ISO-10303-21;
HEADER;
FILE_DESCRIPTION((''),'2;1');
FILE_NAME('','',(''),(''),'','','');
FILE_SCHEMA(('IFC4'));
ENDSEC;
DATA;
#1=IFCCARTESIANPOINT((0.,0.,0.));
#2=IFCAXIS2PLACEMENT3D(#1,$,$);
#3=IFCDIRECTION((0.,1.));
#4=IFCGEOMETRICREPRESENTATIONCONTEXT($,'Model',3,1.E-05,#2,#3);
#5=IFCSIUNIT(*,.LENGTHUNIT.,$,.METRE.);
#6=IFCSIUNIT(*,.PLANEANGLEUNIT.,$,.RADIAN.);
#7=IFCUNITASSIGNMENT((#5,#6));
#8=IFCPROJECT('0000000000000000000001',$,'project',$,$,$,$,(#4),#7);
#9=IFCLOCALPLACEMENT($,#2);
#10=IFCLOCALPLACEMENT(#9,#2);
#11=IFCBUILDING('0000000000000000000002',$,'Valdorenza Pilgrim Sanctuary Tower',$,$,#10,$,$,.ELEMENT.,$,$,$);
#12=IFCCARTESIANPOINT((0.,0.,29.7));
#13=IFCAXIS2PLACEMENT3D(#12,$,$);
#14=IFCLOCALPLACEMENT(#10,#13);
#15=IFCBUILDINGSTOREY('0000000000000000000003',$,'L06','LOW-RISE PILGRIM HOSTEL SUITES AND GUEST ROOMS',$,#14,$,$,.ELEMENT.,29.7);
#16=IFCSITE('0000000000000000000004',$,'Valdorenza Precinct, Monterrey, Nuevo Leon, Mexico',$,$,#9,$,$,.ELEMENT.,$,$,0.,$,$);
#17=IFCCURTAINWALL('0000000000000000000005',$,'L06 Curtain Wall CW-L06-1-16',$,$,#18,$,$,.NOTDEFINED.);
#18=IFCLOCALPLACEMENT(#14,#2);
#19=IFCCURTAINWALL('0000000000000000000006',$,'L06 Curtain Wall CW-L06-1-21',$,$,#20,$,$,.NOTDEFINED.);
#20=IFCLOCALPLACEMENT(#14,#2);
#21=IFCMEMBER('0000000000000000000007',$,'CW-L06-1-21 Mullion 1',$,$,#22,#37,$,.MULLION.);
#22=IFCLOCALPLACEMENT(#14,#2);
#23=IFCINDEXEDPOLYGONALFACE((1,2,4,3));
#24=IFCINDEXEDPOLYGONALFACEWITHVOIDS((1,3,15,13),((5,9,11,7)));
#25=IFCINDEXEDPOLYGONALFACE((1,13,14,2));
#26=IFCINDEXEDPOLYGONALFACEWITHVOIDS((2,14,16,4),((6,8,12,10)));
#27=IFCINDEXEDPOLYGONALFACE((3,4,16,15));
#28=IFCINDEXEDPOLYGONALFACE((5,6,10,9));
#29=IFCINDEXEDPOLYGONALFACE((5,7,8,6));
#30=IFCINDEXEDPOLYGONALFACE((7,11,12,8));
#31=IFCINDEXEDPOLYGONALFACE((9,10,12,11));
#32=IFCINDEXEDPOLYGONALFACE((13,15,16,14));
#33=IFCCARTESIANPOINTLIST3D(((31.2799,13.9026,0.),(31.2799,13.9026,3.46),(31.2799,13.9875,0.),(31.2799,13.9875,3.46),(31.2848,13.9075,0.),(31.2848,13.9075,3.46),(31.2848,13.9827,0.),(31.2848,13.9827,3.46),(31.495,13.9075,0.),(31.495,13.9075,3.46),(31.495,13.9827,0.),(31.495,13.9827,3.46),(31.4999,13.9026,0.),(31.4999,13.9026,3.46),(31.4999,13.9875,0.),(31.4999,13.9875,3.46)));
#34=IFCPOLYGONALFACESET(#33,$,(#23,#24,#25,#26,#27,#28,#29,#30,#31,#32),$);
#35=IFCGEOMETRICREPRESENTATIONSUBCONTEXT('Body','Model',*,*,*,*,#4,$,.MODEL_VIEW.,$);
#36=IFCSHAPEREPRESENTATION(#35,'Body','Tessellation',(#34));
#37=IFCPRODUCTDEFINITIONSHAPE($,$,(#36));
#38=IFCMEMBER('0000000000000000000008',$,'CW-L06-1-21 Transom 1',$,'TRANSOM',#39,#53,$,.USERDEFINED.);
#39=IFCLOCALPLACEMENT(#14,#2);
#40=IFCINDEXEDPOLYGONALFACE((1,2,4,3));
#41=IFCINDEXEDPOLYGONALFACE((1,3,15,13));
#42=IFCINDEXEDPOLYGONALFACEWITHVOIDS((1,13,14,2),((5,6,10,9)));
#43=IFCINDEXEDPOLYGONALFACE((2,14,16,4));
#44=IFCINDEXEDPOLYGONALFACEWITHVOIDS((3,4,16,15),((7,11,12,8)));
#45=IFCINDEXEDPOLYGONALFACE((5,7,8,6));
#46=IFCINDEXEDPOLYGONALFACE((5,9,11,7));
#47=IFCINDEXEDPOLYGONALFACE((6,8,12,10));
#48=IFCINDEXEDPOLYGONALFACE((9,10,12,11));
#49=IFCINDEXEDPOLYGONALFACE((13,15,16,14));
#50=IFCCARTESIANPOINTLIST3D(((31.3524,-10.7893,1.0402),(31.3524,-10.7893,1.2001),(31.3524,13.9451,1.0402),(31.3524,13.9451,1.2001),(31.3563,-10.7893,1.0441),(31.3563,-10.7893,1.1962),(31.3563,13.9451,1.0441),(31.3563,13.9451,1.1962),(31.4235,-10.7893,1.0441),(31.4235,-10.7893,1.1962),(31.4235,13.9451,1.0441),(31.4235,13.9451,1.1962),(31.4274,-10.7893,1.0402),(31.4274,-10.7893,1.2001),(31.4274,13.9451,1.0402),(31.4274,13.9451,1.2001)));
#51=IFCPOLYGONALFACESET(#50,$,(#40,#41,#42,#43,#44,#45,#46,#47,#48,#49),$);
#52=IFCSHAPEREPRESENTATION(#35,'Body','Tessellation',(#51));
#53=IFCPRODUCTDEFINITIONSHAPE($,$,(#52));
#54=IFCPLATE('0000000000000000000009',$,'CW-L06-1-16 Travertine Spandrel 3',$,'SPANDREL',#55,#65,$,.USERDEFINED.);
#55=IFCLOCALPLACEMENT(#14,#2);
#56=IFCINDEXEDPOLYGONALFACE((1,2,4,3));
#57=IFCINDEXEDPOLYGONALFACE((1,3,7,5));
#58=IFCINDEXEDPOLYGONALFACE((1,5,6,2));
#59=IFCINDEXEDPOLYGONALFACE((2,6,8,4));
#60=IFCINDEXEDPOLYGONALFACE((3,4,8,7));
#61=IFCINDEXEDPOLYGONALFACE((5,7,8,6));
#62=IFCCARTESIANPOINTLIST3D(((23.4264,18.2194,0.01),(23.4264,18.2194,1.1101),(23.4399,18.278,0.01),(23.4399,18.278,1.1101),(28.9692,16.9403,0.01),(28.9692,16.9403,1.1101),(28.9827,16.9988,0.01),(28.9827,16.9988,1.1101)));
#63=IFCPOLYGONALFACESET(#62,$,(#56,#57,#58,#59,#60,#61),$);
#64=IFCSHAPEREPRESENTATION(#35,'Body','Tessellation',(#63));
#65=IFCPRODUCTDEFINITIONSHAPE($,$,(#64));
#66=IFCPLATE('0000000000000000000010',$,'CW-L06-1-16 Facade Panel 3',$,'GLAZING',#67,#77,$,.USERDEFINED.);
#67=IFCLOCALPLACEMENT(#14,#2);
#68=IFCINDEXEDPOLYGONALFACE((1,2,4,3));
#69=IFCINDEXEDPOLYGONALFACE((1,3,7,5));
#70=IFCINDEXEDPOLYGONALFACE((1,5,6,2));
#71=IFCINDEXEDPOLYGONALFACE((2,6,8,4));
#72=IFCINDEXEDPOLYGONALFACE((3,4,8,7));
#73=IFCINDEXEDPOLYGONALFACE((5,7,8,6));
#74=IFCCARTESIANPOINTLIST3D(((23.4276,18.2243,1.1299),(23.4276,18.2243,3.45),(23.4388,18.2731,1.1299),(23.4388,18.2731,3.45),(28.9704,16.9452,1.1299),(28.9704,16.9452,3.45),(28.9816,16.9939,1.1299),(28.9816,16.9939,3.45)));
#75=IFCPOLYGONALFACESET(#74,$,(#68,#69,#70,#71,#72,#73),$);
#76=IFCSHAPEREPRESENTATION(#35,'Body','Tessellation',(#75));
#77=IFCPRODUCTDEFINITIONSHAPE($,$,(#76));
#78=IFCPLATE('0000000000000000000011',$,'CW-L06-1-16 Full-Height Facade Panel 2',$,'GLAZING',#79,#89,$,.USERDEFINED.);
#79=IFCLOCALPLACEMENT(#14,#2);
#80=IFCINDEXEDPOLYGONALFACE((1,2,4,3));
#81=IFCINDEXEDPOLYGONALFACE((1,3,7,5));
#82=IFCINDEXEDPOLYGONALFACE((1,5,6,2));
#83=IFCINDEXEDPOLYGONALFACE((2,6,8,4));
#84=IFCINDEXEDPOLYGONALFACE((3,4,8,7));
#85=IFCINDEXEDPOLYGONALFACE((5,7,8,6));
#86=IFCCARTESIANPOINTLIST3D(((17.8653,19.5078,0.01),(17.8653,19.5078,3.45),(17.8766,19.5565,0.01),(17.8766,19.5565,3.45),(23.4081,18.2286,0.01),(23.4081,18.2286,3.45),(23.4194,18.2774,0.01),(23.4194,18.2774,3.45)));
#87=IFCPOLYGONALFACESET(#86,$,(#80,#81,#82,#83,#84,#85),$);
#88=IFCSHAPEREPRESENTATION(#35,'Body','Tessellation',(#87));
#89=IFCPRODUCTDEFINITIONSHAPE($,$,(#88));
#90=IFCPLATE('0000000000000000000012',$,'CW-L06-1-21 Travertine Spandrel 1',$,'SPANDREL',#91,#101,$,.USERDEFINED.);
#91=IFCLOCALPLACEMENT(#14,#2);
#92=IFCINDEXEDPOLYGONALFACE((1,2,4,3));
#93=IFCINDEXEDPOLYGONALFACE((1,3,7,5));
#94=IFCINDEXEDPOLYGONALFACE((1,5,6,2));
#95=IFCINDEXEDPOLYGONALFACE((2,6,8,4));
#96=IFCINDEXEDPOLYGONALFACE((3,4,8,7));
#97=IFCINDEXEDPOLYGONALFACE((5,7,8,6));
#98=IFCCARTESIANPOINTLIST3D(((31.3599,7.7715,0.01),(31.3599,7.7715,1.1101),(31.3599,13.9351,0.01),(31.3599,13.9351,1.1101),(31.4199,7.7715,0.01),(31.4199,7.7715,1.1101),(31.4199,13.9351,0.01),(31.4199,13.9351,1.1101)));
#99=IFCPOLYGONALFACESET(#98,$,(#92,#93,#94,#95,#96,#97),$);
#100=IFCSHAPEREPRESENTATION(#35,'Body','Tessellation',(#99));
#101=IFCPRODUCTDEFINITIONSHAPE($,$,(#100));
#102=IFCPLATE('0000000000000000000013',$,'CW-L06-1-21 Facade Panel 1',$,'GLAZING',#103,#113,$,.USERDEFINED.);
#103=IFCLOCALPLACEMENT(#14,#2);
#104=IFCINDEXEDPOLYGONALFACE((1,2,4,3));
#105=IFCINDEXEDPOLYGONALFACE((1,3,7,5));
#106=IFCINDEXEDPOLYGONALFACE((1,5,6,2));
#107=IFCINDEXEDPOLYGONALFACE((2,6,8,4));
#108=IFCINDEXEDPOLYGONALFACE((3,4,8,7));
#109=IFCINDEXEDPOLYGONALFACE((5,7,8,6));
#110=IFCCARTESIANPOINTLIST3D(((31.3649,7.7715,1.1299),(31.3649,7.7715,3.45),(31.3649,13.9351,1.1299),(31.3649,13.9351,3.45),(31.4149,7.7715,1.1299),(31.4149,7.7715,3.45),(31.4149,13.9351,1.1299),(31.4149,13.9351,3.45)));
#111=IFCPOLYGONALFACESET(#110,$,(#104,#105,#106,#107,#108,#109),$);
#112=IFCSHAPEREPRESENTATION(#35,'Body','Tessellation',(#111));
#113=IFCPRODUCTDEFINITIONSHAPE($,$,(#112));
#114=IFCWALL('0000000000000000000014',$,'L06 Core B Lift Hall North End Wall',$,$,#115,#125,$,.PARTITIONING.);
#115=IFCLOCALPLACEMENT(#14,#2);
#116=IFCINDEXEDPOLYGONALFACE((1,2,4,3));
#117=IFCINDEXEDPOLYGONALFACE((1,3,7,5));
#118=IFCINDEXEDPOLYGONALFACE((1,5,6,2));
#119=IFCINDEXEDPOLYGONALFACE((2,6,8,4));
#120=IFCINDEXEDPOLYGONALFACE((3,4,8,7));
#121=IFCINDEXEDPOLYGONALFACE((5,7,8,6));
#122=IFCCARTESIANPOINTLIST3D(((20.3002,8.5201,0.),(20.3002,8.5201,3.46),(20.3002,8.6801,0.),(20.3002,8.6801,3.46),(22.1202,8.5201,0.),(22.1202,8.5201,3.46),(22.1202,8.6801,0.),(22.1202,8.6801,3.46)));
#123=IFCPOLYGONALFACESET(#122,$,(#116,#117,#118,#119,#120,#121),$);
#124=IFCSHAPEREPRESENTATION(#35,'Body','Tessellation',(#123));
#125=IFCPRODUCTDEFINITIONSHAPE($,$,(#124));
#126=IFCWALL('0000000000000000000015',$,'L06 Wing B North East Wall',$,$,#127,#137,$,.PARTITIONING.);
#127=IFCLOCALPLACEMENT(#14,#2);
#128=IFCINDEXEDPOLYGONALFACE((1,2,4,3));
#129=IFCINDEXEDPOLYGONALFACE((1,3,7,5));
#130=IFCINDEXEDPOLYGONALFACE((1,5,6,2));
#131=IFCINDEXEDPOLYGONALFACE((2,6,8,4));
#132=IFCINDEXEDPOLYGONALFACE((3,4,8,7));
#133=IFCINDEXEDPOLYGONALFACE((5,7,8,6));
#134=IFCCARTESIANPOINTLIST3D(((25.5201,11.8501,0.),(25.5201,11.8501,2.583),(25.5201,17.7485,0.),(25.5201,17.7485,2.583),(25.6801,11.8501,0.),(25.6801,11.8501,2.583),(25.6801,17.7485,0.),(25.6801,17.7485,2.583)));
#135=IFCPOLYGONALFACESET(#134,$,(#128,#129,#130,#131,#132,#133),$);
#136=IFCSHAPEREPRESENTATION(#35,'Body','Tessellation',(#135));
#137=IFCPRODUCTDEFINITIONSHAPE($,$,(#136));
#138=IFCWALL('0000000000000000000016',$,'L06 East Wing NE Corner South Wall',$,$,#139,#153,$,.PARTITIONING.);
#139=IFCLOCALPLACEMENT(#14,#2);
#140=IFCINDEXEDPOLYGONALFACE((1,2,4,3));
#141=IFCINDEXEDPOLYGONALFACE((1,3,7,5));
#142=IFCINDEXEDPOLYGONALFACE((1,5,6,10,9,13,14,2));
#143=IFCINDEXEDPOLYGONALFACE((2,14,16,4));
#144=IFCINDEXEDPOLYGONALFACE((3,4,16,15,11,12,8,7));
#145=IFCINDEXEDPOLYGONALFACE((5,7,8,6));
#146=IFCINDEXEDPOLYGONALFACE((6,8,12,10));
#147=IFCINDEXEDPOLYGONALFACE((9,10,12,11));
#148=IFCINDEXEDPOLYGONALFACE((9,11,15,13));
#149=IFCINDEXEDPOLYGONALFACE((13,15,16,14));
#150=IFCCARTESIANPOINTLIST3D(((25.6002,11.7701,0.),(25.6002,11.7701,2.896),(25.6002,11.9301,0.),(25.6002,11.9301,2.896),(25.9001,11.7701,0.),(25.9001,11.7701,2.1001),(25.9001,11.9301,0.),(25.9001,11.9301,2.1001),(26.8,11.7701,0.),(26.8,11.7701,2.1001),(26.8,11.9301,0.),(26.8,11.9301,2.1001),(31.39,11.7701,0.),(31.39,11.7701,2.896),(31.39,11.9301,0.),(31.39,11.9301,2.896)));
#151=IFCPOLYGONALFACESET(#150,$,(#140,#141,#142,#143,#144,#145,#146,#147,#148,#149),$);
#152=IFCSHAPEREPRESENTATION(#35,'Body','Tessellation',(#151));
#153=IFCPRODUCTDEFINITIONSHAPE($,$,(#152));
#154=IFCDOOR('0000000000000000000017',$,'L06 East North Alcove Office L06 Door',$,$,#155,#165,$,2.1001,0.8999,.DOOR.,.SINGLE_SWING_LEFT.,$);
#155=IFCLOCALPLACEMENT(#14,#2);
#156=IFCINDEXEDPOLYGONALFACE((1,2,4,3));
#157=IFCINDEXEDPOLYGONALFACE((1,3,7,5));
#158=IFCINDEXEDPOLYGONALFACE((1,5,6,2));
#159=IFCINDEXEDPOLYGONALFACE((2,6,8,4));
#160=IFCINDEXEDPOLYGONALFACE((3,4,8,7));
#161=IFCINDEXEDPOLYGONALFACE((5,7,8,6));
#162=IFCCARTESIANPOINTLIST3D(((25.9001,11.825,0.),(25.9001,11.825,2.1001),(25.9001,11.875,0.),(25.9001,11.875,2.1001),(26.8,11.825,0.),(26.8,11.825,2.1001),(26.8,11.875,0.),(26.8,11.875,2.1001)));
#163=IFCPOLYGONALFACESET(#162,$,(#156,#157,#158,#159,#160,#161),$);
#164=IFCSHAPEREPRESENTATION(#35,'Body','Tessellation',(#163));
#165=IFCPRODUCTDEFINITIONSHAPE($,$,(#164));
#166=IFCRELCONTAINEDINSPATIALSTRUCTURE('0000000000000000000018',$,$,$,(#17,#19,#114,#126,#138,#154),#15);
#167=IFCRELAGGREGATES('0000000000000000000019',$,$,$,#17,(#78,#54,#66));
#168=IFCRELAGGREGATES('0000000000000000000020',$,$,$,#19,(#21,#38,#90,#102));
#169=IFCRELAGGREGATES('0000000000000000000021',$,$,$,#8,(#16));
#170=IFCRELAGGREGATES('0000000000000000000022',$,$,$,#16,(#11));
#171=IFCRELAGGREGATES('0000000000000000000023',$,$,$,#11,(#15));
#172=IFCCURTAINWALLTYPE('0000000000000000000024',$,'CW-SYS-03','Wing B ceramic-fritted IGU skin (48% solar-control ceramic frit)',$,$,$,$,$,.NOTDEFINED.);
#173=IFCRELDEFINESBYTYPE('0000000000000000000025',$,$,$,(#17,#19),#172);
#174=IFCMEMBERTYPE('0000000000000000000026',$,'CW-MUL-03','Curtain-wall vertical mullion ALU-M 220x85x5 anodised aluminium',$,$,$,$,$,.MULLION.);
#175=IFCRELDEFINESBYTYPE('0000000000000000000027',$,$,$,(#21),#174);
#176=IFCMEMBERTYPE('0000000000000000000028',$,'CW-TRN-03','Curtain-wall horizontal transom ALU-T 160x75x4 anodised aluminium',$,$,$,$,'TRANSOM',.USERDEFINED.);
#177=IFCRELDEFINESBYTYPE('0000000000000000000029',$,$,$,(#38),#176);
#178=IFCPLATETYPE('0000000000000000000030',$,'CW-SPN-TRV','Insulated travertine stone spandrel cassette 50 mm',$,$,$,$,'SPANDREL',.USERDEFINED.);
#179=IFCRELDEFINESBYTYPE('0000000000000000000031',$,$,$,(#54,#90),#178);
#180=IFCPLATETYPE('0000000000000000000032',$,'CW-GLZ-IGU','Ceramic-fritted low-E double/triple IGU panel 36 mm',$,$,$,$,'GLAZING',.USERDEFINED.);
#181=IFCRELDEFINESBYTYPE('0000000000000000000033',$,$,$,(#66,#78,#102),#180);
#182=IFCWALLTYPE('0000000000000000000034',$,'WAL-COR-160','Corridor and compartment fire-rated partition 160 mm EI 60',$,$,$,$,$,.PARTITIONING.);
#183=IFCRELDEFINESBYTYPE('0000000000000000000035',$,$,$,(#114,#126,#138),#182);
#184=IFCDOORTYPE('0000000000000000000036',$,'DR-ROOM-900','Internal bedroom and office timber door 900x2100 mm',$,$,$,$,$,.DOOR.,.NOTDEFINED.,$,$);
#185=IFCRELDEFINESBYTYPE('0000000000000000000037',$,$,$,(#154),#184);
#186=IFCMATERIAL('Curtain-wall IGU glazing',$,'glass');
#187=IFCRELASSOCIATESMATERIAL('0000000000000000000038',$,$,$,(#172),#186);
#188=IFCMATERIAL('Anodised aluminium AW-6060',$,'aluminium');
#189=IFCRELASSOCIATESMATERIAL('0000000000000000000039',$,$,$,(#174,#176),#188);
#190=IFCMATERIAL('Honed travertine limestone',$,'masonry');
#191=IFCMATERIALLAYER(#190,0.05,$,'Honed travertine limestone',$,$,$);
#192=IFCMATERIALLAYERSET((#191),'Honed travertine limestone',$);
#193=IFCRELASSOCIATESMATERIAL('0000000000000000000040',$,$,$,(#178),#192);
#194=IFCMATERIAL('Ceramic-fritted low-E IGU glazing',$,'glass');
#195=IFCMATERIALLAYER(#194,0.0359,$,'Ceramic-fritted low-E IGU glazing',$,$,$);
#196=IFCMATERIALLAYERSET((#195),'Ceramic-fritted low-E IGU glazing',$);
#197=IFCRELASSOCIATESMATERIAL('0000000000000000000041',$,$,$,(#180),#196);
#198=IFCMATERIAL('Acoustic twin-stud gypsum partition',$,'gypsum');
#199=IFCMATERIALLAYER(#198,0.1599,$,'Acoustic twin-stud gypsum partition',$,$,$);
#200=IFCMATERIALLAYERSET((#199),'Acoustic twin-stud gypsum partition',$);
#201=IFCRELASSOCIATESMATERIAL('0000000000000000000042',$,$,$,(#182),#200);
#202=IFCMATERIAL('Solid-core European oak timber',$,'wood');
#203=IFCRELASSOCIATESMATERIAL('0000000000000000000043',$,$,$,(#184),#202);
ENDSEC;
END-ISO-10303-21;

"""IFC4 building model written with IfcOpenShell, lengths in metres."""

from ifc_helpers import new_model, si_unit, direction, frame, frame_2d, origin, origin_2d, place, context, subcontext, project, spatial, rectangle, hollow_rectangle, extrude, source, transform, mapped, material, layer, layer_set, material_profile, profile_set, type_object, element, fill, aggregate, save


model = new_model("IFC4")

# Units and contexts
model_context = context("Model", 3, precision=1e-05, world=origin(), true_north=direction((0.0, 1.0)))
body_context = subcontext(model_context, "Body", "Model", "MODEL_VIEW")
ifc_project = project(units=[si_unit("LENGTHUNIT", "METRE"), si_unit("PLANEANGLEUNIT", "RADIAN")], contexts=[model_context])

# Site, building, storey
site_placement = place(None, origin())
site = spatial("IfcSite", under=ifc_project, at=site_placement, Name="Valdorenza Precinct, Monterrey, Nuevo Leon, Mexico", CompositionType="ELEMENT", RefElevation=0.0)
building_placement = place(site_placement, origin())
building = spatial("IfcBuilding", under=site, at=building_placement, Name="Valdorenza Pilgrim Sanctuary Tower", CompositionType="ELEMENT")
storey_placement = place(building_placement, frame((0.0, 0.0, 29.7)))
storey = spatial("IfcBuildingStorey", under=building, at=storey_placement, Name="L06", Description="LOW-RISE PILGRIM HOSTEL SUITES AND GUEST ROOMS", CompositionType="ELEMENT", Elevation=29.7)

# Curtain walls, members
ifc_material_1 = material(Name="Curtain-wall IGU glazing", Category="glass")
curtain_wall_type = type_object("IfcCurtainWallType", Name="CW-SYS-03", Description="Wing B ceramic-fritted IGU skin (48% solar-control ceramic frit)", PredefinedType="NOTDEFINED", material=ifc_material_1)
curtain_wall_1_placement = place(storey_placement, origin())
curtain_wall_1 = element("IfcCurtainWall", 1, at=curtain_wall_1_placement, inside=storey, type_object=curtain_wall_type, Name="L06 Curtain Wall CW-L06-1-16", PredefinedType="NOTDEFINED")
ifc_material_2 = material(Name="Anodised aluminium AW-6060", Category="aluminium")
ifc_material_profile_1 = material_profile(ifc_material_2, hollow_rectangle(XDim=0.085, YDim=0.22, WallThickness=0.0049, at=origin_2d()), Name="ALU-M 220x85x5")
ifc_profile_set_1 = profile_set([ifc_material_profile_1], Name="Anodised aluminium AW-6060")
member_type_1 = type_object("IfcMemberType", Name="CW-MUL-03", Description="Curtain-wall vertical mullion ALU-M 220x85x5 anodised aluminium", PredefinedType="MULLION", material=ifc_profile_set_1)
shared_shape_1 = source(origin(), body_context, "Body", "SweptSolid", [
    extrude(hollow_rectangle(XDim=0.085, YDim=0.22, WallThickness=0.0049, at=origin_2d()), origin(), (0.0, 0.0, 1.0), 3.46),
])
curtain_wall_2_placement = place(storey_placement, origin())
curtain_wall_2 = element("IfcCurtainWall", 2, at=curtain_wall_2_placement, inside=storey, type_object=curtain_wall_type, Name="L06 Curtain Wall CW-L06-1-21", PredefinedType="NOTDEFINED")
member_1_placement = place(storey_placement, frame((31.3899, 13.9451, 0.0), z_axis=(0.0, 0.0, 1.0), x_axis=(0.0, -1.0, 0.0)))
member_1 = element("IfcMember", 3, at=member_1_placement, type_object=member_type_1, Name="CW-L06-1-21 Mullion 1", PredefinedType="MULLION", context=body_context, shape_type="MappedRepresentation", body=[
    mapped(shared_shape_1, transform((0.0, 0.0, 0.0), x_axis=(1.0, 0.0, 0.0), y_axis=(0.0, 1.0, 0.0), z_axis=(0.0, 0.0, 1.0), scale=1.0)),
])
ifc_material_profile_2 = material_profile(ifc_material_2, hollow_rectangle(XDim=0.075, YDim=0.1599, WallThickness=0.0039, at=origin_2d()), Name="ALU-T 160x75x4")
ifc_profile_set_2 = profile_set([ifc_material_profile_2], Name="Anodised aluminium AW-6060")
member_type_2 = type_object("IfcMemberType", Name="CW-TRN-03", Description="Curtain-wall horizontal transom ALU-T 160x75x4 anodised aluminium", ElementType="TRANSOM", PredefinedType="USERDEFINED", material=ifc_profile_set_2)
shared_shape_2 = source(origin(), body_context, "Body", "SweptSolid", [
    extrude(hollow_rectangle(XDim=0.075, YDim=0.1599, WallThickness=0.0039, at=origin_2d()), origin(), (0.0, 0.0, 1.0), 24.7344),
])
member_2_placement = place(storey_placement, frame((31.3899, 13.9451, 1.1201), z_axis=(0.0, -1.0, 0.0), x_axis=(1.0, 0.0, 0.0)))
member_2 = element("IfcMember", 4, at=member_2_placement, type_object=member_type_2, Name="CW-L06-1-21 Transom 1", ObjectType="TRANSOM", PredefinedType="USERDEFINED", context=body_context, shape_type="MappedRepresentation", body=[
    mapped(shared_shape_2, transform((0.0, 0.0, 0.0), x_axis=(1.0, 0.0, 0.0), y_axis=(0.0, 1.0, 0.0), z_axis=(0.0, 0.0, 1.0), scale=1.0)),
])

# Plates
ifc_material_3 = material(Name="Honed travertine limestone", Category="masonry")
ifc_layer_1 = layer(ifc_material_3, 0.05, Name="Honed travertine limestone")
ifc_layer_set_1 = layer_set([ifc_layer_1], Name="Honed travertine limestone")
plate_type_1 = type_object("IfcPlateType", Name="CW-SPN-TRV", Description="Insulated travertine stone spandrel cassette 50 mm", ElementType="SPANDREL", PredefinedType="USERDEFINED", material=ifc_layer_set_1)
shared_shape_3 = source(origin(), body_context, "Body", "SweptSolid", [
    extrude(rectangle(XDim=5.6885, YDim=0.0601, at=origin_2d()), origin(), (0.0, 0.0, 1.0), 1.1001),
])
plate_1_placement = place(storey_placement, frame((26.2046, 17.6091, 0.01), z_axis=(0.0, 0.0, 1.0), x_axis=(0.97439, -0.224866, 0.0)))
plate_1 = element("IfcPlate", 5, at=plate_1_placement, type_object=plate_type_1, Name="CW-L06-1-16 Travertine Spandrel 3", ObjectType="SPANDREL", PredefinedType="USERDEFINED", context=body_context, shape_type="MappedRepresentation", body=[
    mapped(shared_shape_3, transform((0.0, 0.0, 0.0), x_axis=(1.0, 0.0, 0.0), y_axis=(0.0, 1.0, 0.0), z_axis=(0.0, 0.0, 1.0), scale=1.0)),
])
ifc_material_4 = material(Name="Ceramic-fritted low-E IGU glazing", Category="glass")
ifc_layer_2 = layer(ifc_material_4, 0.0359, Name="Ceramic-fritted low-E IGU glazing")
ifc_layer_set_2 = layer_set([ifc_layer_2], Name="Ceramic-fritted low-E IGU glazing")
plate_type_2 = type_object("IfcPlateType", Name="CW-GLZ-IGU", Description="Ceramic-fritted low-E double/triple IGU panel 36 mm", ElementType="GLAZING", PredefinedType="USERDEFINED", material=ifc_layer_set_2)
shared_shape_4 = source(origin(), body_context, "Body", "SweptSolid", [
    extrude(rectangle(XDim=5.6885, YDim=0.05, at=origin_2d()), origin(), (0.0, 0.0, 1.0), 2.3201),
])
plate_2_placement = place(storey_placement, frame((26.2046, 17.6091, 1.1299), z_axis=(0.0, 0.0, 1.0), x_axis=(0.97439, -0.224866, 0.0)))
plate_2 = element("IfcPlate", 6, at=plate_2_placement, type_object=plate_type_2, Name="CW-L06-1-16 Facade Panel 3", ObjectType="GLAZING", PredefinedType="USERDEFINED", context=body_context, shape_type="MappedRepresentation", body=[
    mapped(shared_shape_4, transform((0.0, 0.0, 0.0), x_axis=(1.0, 0.0, 0.0), y_axis=(0.0, 1.0, 0.0), z_axis=(0.0, 0.0, 1.0), scale=1.0)),
])
shared_shape_5 = source(origin(), body_context, "Body", "SweptSolid", [
    extrude(rectangle(XDim=5.6885, YDim=0.05, at=origin_2d()), origin(), (0.0, 0.0, 1.0), 3.4399),
])
plate_3_placement = place(storey_placement, frame((20.6423, 18.8926, 0.01), z_axis=(0.0, 0.0, 1.0), x_axis=(0.97439, -0.224866, 0.0)))
plate_3 = element("IfcPlate", 7, at=plate_3_placement, type_object=plate_type_2, Name="CW-L06-1-16 Full-Height Facade Panel 2", ObjectType="GLAZING", PredefinedType="USERDEFINED", context=body_context, shape_type="MappedRepresentation", body=[
    mapped(shared_shape_5, transform((0.0, 0.0, 0.0), x_axis=(1.0, 0.0, 0.0), y_axis=(0.0, 1.0, 0.0), z_axis=(0.0, 0.0, 1.0), scale=1.0)),
])
aggregate(curtain_wall_1, [plate_3, plate_1, plate_2])
shared_shape_6 = source(origin(), body_context, "Body", "SweptSolid", [
    extrude(rectangle(XDim=6.1636, YDim=0.0601, at=origin_2d()), origin(), (0.0, 0.0, 1.0), 1.1001),
])
plate_4_placement = place(storey_placement, frame((31.3899, 10.8533, 0.01), z_axis=(0.0, 0.0, 1.0), x_axis=(0.0, -1.0, 0.0)))
plate_4 = element("IfcPlate", 8, at=plate_4_placement, type_object=plate_type_1, Name="CW-L06-1-21 Travertine Spandrel 1", ObjectType="SPANDREL", PredefinedType="USERDEFINED", context=body_context, shape_type="MappedRepresentation", body=[
    mapped(shared_shape_6, transform((0.0, 0.0, 0.0), x_axis=(1.0, 0.0, 0.0), y_axis=(0.0, 1.0, 0.0), z_axis=(0.0, 0.0, 1.0), scale=1.0)),
])
shared_shape_7 = source(origin(), body_context, "Body", "SweptSolid", [
    extrude(rectangle(XDim=6.1636, YDim=0.05, at=origin_2d()), origin(), (0.0, 0.0, 1.0), 2.3201),
])
plate_5_placement = place(storey_placement, frame((31.3899, 10.8533, 1.1299), z_axis=(0.0, 0.0, 1.0), x_axis=(0.0, -1.0, 0.0)))
plate_5 = element("IfcPlate", 9, at=plate_5_placement, type_object=plate_type_2, Name="CW-L06-1-21 Facade Panel 1", ObjectType="GLAZING", PredefinedType="USERDEFINED", context=body_context, shape_type="MappedRepresentation", body=[
    mapped(shared_shape_7, transform((0.0, 0.0, 0.0), x_axis=(1.0, 0.0, 0.0), y_axis=(0.0, 1.0, 0.0), z_axis=(0.0, 0.0, 1.0), scale=1.0)),
])
aggregate(curtain_wall_2, [member_1, member_2, plate_4, plate_5])

# Walls
ifc_material_5 = material(Name="Acoustic twin-stud gypsum partition", Category="gypsum")
ifc_layer_3 = layer(ifc_material_5, 0.1599, Name="Acoustic twin-stud gypsum partition")
ifc_layer_set_3 = layer_set([ifc_layer_3], Name="Acoustic twin-stud gypsum partition")
wall_type_1 = type_object("IfcWallType", Name="WAL-COR-160", Description="Corridor and compartment fire-rated partition 160 mm EI 60", PredefinedType="PARTITIONING", material=ifc_layer_set_3)
wall_1_placement = place(storey_placement, frame((20.3, 8.6001, 0.0), z_axis=(0.0, 0.0, 1.0), x_axis=(1.0, 0.0, 0.0)))
element("IfcWall", 10, at=wall_1_placement, inside=storey, type_object=wall_type_1, Name="L06 Core B Lift Hall North End Wall", PredefinedType="PARTITIONING", context=body_context, shape_type="SweptSolid", body=[
    extrude(rectangle(XDim=1.8201, YDim=0.1599, at=frame_2d((0.9102, 0.0))), origin(), (0.0, 0.0, 1.0), 3.46),
])
wall_2_placement = place(storey_placement, frame((25.6001, 11.8501, 0.0), z_axis=(0.0, 0.0, 1.0), x_axis=(0.0, 1.0, 0.0)))
element("IfcWall", 11, at=wall_2_placement, inside=storey, type_object=wall_type_1, Name="L06 Wing B North East Wall", PredefinedType="PARTITIONING", context=body_context, shape_type="SweptSolid", body=[
    extrude(rectangle(XDim=5.8984, YDim=0.1599, at=frame_2d((2.9492, 0.0))), origin(), (0.0, 0.0, 1.0), 2.583),
])

# Wall, opening, door
wall_3_placement = place(storey_placement, frame((25.6001, 11.8501, 0.0), z_axis=(0.0, 0.0, 1.0), x_axis=(1.0, 0.0, 0.0)))
wall_3 = element("IfcWall", 12, at=wall_3_placement, inside=storey, type_object=wall_type_1, Name="L06 East Wing NE Corner South Wall", PredefinedType="PARTITIONING", context=body_context, shape_type="SweptSolid", body=[
    extrude(rectangle(XDim=5.7898, YDim=0.1599, at=frame_2d((2.895, 0.0))), origin(), (0.0, 0.0, 1.0), 2.896),
])
opening_1_placement = place(wall_3_placement, frame((0.3, 0.0, 0.0)))
opening_1 = element("IfcOpeningElement", 13, at=opening_1_placement, cuts=wall_3, PredefinedType="OPENING", context=body_context, shape_type="SweptSolid", body=[
    extrude(rectangle(XDim=0.8999, YDim=2.1001, at=frame_2d((0.45, 1.05))), frame((0.0, 0.0947, 0.0), z_axis=(0.0, -1.0, 0.0), x_axis=(1.0, 0.0, 0.0)), (0.0, 0.0, 1.0), 0.1897),
])
ifc_material_6 = material(Name="Solid-core European oak timber", Category="wood")
door_type_1 = type_object("IfcDoorType", Name="DR-ROOM-900", Description="Internal bedroom and office timber door 900x2100 mm", OperationType="NOTDEFINED", PredefinedType="DOOR", material=ifc_material_6)
door_1_placement = place(opening_1_placement, origin())
door_1 = element("IfcDoor", 14, at=door_1_placement, inside=storey, type_object=door_type_1, Name="L06 East North Alcove Office L06 Door", OperationType="SINGLE_SWING_LEFT", OverallHeight=2.1001, OverallWidth=0.8999, PredefinedType="DOOR", context=body_context, shape_type="SweptSolid", body=[
    extrude(rectangle(XDim=0.8999, YDim=2.1001, at=frame_2d((0.45, 1.05))), frame((0.0, 0.0249, 0.0), z_axis=(0.0, -1.0, 0.0), x_axis=(1.0, 0.0, 0.0)), (0.0, 0.0, 1.0), 0.05),
])
fill(opening_1, door_1)

save(model, "model.ifc")
